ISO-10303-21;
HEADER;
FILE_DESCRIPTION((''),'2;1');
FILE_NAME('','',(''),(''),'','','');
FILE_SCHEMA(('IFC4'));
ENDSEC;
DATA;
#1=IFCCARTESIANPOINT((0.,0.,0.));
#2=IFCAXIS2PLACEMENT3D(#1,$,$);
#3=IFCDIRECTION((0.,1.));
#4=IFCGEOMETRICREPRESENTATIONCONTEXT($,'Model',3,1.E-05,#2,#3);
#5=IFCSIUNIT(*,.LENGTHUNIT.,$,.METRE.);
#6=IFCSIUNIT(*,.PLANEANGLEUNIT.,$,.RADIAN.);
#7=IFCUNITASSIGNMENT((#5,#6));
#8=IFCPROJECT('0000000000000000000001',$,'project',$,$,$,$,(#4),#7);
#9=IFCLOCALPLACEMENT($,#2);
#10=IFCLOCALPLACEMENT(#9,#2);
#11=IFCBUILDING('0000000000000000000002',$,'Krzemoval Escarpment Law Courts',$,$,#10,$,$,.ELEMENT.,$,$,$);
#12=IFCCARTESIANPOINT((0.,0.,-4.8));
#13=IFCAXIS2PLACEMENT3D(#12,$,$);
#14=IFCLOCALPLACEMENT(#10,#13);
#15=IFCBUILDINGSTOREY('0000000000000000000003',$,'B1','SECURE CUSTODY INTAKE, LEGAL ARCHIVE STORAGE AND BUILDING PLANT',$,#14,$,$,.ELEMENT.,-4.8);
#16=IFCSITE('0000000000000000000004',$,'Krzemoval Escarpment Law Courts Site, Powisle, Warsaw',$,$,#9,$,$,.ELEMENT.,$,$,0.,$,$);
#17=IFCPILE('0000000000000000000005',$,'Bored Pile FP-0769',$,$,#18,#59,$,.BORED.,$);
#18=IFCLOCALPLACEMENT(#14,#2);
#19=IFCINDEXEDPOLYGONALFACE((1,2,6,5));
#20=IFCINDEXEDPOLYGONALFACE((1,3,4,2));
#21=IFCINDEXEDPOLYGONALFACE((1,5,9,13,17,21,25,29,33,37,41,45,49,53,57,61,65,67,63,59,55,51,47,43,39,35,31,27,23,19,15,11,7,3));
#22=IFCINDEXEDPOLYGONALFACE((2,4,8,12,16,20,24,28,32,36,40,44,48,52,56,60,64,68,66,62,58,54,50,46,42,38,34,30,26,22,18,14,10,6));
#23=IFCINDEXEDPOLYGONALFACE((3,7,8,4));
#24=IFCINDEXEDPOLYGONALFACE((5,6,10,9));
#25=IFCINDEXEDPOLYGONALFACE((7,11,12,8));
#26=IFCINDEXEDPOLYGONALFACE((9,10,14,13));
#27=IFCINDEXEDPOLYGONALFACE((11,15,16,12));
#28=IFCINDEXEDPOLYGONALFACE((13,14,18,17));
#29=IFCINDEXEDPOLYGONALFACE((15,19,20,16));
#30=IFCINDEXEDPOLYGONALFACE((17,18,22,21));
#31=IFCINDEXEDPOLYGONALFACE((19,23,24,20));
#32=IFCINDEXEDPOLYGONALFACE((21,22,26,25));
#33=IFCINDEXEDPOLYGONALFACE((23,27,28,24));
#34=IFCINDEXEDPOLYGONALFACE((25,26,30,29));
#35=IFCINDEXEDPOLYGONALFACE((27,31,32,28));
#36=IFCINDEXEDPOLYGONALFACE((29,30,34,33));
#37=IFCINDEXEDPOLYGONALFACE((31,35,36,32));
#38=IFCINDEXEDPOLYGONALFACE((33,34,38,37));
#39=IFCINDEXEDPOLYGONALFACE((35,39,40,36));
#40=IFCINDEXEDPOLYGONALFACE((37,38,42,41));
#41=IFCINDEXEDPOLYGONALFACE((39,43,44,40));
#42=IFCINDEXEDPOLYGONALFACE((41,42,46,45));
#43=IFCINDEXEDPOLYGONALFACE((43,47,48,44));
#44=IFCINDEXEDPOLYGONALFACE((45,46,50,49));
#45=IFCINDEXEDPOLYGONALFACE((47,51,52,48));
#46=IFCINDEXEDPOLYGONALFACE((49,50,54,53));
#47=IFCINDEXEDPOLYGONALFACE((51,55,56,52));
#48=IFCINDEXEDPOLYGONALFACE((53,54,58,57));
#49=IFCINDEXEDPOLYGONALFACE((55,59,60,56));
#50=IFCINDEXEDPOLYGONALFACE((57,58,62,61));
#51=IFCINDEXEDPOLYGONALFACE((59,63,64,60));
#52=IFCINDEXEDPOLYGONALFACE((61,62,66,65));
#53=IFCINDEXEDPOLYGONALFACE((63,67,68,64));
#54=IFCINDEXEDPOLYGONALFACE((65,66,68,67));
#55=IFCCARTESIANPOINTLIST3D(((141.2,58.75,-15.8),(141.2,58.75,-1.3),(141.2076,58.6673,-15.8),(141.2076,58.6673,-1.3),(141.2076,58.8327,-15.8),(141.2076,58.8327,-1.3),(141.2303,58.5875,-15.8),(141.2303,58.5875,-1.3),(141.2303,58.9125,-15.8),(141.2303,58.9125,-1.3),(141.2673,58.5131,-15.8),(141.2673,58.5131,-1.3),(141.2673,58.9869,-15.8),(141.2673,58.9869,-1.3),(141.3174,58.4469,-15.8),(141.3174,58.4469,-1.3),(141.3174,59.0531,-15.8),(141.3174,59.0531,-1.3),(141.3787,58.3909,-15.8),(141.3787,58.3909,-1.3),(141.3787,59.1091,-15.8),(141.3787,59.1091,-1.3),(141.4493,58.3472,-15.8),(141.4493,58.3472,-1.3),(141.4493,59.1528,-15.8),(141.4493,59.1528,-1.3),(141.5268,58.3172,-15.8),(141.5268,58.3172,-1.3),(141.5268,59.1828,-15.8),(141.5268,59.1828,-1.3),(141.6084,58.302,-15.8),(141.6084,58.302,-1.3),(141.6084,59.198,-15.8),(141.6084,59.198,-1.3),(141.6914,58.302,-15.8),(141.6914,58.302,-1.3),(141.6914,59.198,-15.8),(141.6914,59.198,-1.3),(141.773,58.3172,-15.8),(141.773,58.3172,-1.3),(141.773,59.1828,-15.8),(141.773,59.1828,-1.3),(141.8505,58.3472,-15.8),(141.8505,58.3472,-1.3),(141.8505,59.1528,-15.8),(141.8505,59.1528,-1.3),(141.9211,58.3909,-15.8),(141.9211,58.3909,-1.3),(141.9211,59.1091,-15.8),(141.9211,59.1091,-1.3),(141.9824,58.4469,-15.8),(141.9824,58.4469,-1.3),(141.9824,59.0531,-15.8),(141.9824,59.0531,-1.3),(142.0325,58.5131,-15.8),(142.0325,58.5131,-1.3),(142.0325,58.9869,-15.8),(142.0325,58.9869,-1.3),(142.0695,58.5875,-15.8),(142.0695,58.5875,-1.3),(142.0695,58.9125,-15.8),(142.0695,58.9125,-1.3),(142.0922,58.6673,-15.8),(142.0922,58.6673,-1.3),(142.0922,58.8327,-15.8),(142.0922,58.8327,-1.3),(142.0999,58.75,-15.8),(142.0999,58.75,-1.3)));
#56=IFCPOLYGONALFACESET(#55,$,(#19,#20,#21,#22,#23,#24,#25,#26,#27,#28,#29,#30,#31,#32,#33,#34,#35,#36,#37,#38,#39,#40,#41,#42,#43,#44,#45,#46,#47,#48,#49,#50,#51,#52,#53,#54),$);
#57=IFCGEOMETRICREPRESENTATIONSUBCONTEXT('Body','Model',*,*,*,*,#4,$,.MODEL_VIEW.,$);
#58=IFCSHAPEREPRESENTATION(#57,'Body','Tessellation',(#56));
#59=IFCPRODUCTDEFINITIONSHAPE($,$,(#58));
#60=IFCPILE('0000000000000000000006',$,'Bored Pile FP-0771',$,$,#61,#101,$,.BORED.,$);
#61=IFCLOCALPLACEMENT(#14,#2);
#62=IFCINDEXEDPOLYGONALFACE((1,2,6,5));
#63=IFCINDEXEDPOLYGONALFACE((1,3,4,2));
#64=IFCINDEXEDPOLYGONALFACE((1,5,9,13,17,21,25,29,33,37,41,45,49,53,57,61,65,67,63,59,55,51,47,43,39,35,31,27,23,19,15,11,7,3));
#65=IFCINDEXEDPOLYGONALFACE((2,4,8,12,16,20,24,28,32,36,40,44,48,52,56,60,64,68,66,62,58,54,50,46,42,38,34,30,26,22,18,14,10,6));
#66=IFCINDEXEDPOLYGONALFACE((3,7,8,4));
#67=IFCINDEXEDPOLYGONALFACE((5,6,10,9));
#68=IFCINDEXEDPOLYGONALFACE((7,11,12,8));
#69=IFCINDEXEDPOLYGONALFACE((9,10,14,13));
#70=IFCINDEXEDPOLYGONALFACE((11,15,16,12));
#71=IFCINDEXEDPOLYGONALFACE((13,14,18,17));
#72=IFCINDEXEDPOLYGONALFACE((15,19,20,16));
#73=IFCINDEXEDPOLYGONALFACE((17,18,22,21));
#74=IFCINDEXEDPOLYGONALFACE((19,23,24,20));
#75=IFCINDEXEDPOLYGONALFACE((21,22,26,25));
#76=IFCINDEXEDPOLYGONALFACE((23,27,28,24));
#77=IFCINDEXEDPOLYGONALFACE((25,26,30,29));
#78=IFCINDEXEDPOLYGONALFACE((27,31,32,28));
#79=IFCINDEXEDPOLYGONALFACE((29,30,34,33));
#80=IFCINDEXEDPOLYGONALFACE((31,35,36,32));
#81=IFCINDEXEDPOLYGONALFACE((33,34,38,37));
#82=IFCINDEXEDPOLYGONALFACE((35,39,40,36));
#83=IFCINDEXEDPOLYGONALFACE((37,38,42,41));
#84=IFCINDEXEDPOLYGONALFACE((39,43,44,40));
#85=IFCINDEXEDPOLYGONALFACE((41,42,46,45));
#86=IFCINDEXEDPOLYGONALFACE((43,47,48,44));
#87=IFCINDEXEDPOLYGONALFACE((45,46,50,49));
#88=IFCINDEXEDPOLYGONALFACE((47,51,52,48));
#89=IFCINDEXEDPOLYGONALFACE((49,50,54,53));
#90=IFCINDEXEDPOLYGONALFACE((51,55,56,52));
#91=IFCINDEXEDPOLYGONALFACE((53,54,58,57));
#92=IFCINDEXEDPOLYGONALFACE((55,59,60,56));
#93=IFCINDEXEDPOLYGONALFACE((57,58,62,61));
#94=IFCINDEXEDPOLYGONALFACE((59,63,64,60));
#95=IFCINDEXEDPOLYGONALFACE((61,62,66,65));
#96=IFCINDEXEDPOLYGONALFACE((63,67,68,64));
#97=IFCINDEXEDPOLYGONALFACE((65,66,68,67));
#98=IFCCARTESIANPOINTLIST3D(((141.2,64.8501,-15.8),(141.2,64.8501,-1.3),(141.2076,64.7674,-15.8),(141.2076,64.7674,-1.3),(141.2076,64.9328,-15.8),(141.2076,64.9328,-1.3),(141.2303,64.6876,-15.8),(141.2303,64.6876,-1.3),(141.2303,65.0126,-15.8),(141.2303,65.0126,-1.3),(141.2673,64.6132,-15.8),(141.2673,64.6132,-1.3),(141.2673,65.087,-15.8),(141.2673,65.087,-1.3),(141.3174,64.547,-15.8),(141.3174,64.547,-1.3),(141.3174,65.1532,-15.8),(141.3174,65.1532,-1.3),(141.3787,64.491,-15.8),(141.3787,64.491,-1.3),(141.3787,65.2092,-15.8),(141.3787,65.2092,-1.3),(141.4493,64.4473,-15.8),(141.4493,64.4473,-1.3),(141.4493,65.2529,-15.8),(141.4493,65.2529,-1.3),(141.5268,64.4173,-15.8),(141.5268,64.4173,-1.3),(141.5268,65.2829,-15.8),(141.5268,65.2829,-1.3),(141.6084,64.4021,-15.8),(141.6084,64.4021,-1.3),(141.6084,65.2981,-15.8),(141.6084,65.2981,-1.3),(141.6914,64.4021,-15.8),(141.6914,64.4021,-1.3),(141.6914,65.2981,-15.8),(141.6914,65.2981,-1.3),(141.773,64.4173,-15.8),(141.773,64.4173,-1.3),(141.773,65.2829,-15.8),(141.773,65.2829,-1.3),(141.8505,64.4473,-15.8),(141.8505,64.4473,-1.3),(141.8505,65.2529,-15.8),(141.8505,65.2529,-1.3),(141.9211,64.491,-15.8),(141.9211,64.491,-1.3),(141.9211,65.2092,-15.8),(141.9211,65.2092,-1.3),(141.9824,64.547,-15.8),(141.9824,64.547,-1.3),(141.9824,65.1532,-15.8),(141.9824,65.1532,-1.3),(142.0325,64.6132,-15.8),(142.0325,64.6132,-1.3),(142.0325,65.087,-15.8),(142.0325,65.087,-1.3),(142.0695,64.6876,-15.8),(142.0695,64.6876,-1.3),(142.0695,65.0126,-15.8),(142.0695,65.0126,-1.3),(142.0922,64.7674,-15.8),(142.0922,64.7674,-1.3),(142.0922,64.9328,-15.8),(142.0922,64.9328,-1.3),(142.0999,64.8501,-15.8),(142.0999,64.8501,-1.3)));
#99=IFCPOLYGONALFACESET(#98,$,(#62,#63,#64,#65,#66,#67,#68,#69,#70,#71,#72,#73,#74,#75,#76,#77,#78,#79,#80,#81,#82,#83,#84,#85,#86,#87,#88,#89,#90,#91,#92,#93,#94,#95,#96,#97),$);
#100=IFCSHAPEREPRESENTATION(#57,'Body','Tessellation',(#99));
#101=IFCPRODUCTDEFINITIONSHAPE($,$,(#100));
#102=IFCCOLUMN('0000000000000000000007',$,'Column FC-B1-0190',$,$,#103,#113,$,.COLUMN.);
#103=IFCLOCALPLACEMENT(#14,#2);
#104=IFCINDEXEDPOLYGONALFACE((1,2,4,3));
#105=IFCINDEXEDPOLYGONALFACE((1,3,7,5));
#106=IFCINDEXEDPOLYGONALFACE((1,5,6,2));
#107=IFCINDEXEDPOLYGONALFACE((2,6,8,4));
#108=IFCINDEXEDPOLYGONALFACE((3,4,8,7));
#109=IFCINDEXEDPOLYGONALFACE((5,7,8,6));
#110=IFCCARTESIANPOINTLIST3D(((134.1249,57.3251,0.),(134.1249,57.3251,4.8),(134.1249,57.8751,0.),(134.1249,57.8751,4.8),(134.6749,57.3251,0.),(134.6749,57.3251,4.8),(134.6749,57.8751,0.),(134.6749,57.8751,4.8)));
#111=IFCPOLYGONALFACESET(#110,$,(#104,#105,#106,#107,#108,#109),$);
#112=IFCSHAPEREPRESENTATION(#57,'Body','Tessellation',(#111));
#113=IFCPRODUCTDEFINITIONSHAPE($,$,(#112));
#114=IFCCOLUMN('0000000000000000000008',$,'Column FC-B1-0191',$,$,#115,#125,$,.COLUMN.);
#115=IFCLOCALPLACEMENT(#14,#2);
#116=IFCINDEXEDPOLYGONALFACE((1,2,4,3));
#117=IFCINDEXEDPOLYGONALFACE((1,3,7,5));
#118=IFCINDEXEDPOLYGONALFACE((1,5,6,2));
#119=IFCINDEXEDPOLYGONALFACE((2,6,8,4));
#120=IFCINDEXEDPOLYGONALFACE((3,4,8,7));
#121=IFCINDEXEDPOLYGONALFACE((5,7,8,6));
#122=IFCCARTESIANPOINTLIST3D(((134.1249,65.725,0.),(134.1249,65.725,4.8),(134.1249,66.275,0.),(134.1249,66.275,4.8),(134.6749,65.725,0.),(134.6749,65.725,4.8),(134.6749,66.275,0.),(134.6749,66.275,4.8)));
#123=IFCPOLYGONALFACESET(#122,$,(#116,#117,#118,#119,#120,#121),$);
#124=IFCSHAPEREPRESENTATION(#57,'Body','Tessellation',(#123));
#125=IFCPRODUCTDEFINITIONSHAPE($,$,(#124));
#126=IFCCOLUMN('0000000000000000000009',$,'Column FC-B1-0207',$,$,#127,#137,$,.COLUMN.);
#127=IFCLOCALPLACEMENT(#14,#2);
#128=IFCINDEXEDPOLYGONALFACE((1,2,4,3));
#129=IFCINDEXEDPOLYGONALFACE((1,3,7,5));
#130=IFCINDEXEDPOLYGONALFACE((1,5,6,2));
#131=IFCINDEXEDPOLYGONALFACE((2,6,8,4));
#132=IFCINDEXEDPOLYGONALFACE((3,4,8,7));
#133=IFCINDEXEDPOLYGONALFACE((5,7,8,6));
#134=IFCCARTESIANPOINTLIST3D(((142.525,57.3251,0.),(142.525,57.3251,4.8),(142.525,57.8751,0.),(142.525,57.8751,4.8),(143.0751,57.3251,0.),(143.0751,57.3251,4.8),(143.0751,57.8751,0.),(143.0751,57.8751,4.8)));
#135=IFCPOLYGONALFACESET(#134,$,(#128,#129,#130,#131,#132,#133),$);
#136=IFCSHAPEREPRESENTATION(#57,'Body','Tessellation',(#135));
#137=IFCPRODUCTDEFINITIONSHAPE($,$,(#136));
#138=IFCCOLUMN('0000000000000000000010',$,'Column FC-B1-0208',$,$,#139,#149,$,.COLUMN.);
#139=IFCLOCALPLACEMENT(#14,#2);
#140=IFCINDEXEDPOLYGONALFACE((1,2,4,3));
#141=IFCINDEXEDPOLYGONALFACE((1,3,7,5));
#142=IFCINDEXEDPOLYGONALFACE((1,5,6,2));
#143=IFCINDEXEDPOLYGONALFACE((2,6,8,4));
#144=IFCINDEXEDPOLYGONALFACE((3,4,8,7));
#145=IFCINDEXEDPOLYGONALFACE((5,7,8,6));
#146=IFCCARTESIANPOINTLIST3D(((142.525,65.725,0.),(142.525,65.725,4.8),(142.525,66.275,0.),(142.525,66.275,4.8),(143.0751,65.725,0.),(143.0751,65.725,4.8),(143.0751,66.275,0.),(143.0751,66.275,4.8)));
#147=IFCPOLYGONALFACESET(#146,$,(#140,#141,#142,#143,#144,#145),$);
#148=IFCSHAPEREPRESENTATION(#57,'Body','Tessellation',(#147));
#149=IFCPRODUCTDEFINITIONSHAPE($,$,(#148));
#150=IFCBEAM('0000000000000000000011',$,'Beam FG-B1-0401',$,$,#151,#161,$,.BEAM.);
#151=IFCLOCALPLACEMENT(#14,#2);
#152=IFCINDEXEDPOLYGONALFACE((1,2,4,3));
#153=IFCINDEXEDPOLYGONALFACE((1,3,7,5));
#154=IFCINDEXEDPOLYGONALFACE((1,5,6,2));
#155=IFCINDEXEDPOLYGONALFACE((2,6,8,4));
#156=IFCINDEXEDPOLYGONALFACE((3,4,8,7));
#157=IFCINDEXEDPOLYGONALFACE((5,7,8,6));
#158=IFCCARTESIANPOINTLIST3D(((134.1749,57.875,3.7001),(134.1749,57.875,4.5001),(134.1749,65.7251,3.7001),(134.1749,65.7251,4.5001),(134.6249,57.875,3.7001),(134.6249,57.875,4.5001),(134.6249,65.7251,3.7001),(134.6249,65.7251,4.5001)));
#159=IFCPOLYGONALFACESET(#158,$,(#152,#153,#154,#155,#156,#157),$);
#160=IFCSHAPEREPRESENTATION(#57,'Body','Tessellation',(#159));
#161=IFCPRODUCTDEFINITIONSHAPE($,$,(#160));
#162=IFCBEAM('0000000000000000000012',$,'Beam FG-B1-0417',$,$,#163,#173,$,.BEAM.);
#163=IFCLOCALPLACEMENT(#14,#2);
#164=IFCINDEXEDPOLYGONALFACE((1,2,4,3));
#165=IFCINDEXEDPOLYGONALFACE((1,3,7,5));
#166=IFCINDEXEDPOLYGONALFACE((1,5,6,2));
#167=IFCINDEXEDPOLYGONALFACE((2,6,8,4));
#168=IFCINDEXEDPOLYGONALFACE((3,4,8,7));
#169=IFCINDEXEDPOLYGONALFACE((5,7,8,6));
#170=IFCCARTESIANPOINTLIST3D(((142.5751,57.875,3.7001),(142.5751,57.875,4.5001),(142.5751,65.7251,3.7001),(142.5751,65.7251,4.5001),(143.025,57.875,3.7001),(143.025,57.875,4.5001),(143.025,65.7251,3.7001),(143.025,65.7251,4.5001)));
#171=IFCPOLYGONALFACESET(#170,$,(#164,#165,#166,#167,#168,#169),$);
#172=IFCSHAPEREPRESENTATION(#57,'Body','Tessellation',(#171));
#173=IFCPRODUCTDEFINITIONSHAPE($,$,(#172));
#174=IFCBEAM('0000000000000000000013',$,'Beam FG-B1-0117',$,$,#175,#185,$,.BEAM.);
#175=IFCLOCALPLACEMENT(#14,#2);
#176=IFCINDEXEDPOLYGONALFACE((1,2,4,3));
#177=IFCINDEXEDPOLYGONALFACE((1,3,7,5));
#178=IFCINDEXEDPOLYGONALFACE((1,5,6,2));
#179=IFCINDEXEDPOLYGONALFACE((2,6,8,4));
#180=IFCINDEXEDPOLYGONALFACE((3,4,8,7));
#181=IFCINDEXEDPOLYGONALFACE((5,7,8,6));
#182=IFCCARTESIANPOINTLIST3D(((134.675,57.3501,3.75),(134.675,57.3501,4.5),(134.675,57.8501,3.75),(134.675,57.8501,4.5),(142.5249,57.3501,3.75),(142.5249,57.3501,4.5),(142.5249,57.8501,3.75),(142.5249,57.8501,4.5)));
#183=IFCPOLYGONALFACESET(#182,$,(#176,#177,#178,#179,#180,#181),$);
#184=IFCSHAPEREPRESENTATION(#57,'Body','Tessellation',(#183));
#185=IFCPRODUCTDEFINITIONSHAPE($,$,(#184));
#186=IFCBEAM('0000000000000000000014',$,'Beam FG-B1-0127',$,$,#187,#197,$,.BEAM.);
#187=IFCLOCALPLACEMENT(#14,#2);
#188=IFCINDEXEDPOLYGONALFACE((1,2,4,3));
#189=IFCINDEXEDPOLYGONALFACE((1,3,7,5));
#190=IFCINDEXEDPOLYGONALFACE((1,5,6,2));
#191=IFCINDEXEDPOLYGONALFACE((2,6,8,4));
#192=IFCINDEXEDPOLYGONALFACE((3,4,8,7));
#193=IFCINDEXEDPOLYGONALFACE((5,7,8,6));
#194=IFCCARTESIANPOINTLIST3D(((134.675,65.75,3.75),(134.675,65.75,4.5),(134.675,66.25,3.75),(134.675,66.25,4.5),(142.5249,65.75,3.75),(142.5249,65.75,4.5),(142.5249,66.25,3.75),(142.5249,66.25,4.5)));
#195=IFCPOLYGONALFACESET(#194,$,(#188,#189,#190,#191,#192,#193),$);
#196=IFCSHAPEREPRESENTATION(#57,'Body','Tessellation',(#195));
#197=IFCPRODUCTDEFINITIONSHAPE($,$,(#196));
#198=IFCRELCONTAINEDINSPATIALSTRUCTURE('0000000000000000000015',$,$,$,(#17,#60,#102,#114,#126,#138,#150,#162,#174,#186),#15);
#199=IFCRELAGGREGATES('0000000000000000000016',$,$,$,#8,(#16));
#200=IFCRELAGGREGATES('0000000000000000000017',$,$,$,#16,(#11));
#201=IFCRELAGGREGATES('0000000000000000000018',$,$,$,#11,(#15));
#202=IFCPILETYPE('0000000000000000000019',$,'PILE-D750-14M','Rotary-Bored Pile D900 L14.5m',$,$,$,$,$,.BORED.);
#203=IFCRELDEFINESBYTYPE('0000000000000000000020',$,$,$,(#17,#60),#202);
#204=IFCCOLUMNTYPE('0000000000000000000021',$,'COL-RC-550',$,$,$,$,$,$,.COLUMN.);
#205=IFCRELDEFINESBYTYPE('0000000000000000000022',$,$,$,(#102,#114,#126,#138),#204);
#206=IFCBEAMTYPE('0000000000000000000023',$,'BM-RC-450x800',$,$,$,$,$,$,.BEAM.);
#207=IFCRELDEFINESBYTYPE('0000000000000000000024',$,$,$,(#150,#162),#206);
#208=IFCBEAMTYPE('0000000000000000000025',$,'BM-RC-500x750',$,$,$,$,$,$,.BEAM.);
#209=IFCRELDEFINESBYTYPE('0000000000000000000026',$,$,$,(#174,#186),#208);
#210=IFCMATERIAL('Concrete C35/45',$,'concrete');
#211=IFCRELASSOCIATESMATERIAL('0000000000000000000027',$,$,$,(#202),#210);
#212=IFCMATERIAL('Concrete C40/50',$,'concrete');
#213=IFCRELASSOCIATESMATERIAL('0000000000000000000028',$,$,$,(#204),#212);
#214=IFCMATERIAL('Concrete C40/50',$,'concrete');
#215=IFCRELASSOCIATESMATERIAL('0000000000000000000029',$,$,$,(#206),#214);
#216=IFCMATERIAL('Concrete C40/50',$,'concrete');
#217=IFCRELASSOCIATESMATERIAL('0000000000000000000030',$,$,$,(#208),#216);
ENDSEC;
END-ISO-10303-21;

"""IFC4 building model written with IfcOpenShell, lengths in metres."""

from ifc_helpers import new_model, si_unit, direction, frame, origin, origin_2d, place, context, subcontext, project, spatial, rectangle, circle, extrude, material, material_profile, profile_set, type_object, element, save


model = new_model("IFC4")

# Units and contexts
model_context = context("Model", 3, precision=1e-05, world=origin(), true_north=direction((0.0, 1.0)))
body_context = subcontext(model_context, "Body", "Model", "MODEL_VIEW")
ifc_project = project(units=[si_unit("LENGTHUNIT", "METRE"), si_unit("PLANEANGLEUNIT", "RADIAN")], contexts=[model_context])

# Site, building, storey
site_placement = place(None, origin())
site = spatial("IfcSite", under=ifc_project, at=site_placement, Name="Krzemoval Escarpment Law Courts Site, Powisle, Warsaw", CompositionType="ELEMENT", RefElevation=0.0)
building_placement = place(site_placement, origin())
building = spatial("IfcBuilding", under=site, at=building_placement, Name="Krzemoval Escarpment Law Courts", CompositionType="ELEMENT")
storey_placement = place(building_placement, frame((0.0, 0.0, -4.8)))
storey = spatial("IfcBuildingStorey", under=building, at=storey_placement, Name="B1", Description="SECURE CUSTODY INTAKE, LEGAL ARCHIVE STORAGE AND BUILDING PLANT", CompositionType="ELEMENT", Elevation=-4.8)

# Piles
ifc_material_1 = material(Name="Concrete C35/45", Category="concrete")
ifc_material_profile_1 = material_profile(ifc_material_1, circle(Radius=0.45, at=origin_2d()), Name="PILE D900")
ifc_profile_set_1 = profile_set([ifc_material_profile_1], Name="Concrete C35/45")
pile_type = type_object("IfcPileType", Name="PILE-D750-14M", Description="Rotary-Bored Pile D900 L14.5m", PredefinedType="BORED", material=ifc_profile_set_1)
for number, where, z_axis, x_axis, name in (
    (1, (141.6499, 58.75, -1.3), (0.0, 0.0, -1.0), (1.0, 0.0, 0.0), "Bored Pile FP-0769"),
    (2, (141.6499, 64.8501, -1.3), (0.0, 0.0, -1.0), (1.0, 0.0, 0.0), "Bored Pile FP-0771"),
):
    element("IfcPile", number, at=place(storey_placement, frame(where, z_axis=z_axis, x_axis=x_axis)), inside=storey, type_object=pile_type, Name=name, PredefinedType="BORED", context=body_context, shape_type="SweptSolid", body=[
        extrude(circle(Radius=0.45, at=origin_2d()), origin(), (0.0, 0.0, 1.0), 14.5),
    ])

# Columns
ifc_material_2 = material(Name="Concrete C40/50", Category="concrete")
ifc_material_profile_2 = material_profile(ifc_material_2, rectangle(XDim=0.55, YDim=0.55, at=origin_2d()), Name="RC 550x550")
ifc_profile_set_2 = profile_set([ifc_material_profile_2], Name="Concrete C40/50")
column_type = type_object("IfcColumnType", Name="COL-RC-550", PredefinedType="COLUMN", material=ifc_profile_set_2)
for number, where, z_axis, x_axis, name in (
    (3, (134.3999, 57.6001, 0.0), (0.0, 0.0, 1.0), (1.0, 0.0, 0.0), "Column FC-B1-0190"),
    (4, (134.3999, 66.0, 0.0), (0.0, 0.0, 1.0), (1.0, 0.0, 0.0), "Column FC-B1-0191"),
    (5, (142.8, 57.6001, 0.0), (0.0, 0.0, 1.0), (1.0, 0.0, 0.0), "Column FC-B1-0207"),
    (6, (142.8, 66.0, 0.0), (0.0, 0.0, 1.0), (1.0, 0.0, 0.0), "Column FC-B1-0208"),
):
    element("IfcColumn", number, at=place(storey_placement, frame(where, z_axis=z_axis, x_axis=x_axis)), inside=storey, type_object=column_type, Name=name, PredefinedType="COLUMN", context=body_context, shape_type="SweptSolid", body=[
        extrude(rectangle(XDim=0.55, YDim=0.55, at=origin_2d()), origin(), (0.0, 0.0, 1.0), 4.8),
    ])

# Beams
ifc_material_3 = material(Name="Concrete C40/50", Category="concrete")
ifc_material_profile_3 = material_profile(ifc_material_3, rectangle(XDim=0.45, YDim=0.8, at=origin_2d()), Name="RCB 450x800")
ifc_profile_set_3 = profile_set([ifc_material_profile_3], Name="Concrete C40/50")
beam_type_1 = type_object("IfcBeamType", Name="BM-RC-450x800", PredefinedType="BEAM", material=ifc_profile_set_3)
for number, where, z_axis, x_axis, name in (
    (7, (134.3999, 57.875, 4.1001), (0.0, 1.0, 0.0), (-1.0, 0.0, 0.0), "Beam FG-B1-0401"),
    (8, (142.8, 57.875, 4.1001), (0.0, 1.0, 0.0), (-1.0, 0.0, 0.0), "Beam FG-B1-0417"),
):
    element("IfcBeam", number, at=place(storey_placement, frame(where, z_axis=z_axis, x_axis=x_axis)), inside=storey, type_object=beam_type_1, Name=name, PredefinedType="BEAM", context=body_context, shape_type="SweptSolid", body=[
        extrude(rectangle(XDim=0.45, YDim=0.8, at=origin_2d()), origin(), (0.0, 0.0, 1.0), 7.8501),
    ])
ifc_material_4 = material(Name="Concrete C40/50", Category="concrete")
ifc_material_profile_4 = material_profile(ifc_material_4, rectangle(XDim=0.5, YDim=0.75, at=origin_2d()), Name="RCB 500x750")
ifc_profile_set_4 = profile_set([ifc_material_profile_4], Name="Concrete C40/50")
beam_type_2 = type_object("IfcBeamType", Name="BM-RC-500x750", PredefinedType="BEAM", material=ifc_profile_set_4)
for number, where, z_axis, x_axis, name in (
    (9, (134.675, 57.6001, 4.125), (1.0, 0.0, 0.0), (0.0, 1.0, 0.0), "Beam FG-B1-0117"),
    (10, (134.675, 66.0, 4.125), (1.0, 0.0, 0.0), (0.0, 1.0, 0.0), "Beam FG-B1-0127"),
):
    element("IfcBeam", number, at=place(storey_placement, frame(where, z_axis=z_axis, x_axis=x_axis)), inside=storey, type_object=beam_type_2, Name=name, PredefinedType="BEAM", context=body_context, shape_type="SweptSolid", body=[
        extrude(rectangle(XDim=0.5, YDim=0.75, at=origin_2d()), origin(), (0.0, 0.0, 1.0), 7.8499),
    ])

save(model, "model.ifc")
